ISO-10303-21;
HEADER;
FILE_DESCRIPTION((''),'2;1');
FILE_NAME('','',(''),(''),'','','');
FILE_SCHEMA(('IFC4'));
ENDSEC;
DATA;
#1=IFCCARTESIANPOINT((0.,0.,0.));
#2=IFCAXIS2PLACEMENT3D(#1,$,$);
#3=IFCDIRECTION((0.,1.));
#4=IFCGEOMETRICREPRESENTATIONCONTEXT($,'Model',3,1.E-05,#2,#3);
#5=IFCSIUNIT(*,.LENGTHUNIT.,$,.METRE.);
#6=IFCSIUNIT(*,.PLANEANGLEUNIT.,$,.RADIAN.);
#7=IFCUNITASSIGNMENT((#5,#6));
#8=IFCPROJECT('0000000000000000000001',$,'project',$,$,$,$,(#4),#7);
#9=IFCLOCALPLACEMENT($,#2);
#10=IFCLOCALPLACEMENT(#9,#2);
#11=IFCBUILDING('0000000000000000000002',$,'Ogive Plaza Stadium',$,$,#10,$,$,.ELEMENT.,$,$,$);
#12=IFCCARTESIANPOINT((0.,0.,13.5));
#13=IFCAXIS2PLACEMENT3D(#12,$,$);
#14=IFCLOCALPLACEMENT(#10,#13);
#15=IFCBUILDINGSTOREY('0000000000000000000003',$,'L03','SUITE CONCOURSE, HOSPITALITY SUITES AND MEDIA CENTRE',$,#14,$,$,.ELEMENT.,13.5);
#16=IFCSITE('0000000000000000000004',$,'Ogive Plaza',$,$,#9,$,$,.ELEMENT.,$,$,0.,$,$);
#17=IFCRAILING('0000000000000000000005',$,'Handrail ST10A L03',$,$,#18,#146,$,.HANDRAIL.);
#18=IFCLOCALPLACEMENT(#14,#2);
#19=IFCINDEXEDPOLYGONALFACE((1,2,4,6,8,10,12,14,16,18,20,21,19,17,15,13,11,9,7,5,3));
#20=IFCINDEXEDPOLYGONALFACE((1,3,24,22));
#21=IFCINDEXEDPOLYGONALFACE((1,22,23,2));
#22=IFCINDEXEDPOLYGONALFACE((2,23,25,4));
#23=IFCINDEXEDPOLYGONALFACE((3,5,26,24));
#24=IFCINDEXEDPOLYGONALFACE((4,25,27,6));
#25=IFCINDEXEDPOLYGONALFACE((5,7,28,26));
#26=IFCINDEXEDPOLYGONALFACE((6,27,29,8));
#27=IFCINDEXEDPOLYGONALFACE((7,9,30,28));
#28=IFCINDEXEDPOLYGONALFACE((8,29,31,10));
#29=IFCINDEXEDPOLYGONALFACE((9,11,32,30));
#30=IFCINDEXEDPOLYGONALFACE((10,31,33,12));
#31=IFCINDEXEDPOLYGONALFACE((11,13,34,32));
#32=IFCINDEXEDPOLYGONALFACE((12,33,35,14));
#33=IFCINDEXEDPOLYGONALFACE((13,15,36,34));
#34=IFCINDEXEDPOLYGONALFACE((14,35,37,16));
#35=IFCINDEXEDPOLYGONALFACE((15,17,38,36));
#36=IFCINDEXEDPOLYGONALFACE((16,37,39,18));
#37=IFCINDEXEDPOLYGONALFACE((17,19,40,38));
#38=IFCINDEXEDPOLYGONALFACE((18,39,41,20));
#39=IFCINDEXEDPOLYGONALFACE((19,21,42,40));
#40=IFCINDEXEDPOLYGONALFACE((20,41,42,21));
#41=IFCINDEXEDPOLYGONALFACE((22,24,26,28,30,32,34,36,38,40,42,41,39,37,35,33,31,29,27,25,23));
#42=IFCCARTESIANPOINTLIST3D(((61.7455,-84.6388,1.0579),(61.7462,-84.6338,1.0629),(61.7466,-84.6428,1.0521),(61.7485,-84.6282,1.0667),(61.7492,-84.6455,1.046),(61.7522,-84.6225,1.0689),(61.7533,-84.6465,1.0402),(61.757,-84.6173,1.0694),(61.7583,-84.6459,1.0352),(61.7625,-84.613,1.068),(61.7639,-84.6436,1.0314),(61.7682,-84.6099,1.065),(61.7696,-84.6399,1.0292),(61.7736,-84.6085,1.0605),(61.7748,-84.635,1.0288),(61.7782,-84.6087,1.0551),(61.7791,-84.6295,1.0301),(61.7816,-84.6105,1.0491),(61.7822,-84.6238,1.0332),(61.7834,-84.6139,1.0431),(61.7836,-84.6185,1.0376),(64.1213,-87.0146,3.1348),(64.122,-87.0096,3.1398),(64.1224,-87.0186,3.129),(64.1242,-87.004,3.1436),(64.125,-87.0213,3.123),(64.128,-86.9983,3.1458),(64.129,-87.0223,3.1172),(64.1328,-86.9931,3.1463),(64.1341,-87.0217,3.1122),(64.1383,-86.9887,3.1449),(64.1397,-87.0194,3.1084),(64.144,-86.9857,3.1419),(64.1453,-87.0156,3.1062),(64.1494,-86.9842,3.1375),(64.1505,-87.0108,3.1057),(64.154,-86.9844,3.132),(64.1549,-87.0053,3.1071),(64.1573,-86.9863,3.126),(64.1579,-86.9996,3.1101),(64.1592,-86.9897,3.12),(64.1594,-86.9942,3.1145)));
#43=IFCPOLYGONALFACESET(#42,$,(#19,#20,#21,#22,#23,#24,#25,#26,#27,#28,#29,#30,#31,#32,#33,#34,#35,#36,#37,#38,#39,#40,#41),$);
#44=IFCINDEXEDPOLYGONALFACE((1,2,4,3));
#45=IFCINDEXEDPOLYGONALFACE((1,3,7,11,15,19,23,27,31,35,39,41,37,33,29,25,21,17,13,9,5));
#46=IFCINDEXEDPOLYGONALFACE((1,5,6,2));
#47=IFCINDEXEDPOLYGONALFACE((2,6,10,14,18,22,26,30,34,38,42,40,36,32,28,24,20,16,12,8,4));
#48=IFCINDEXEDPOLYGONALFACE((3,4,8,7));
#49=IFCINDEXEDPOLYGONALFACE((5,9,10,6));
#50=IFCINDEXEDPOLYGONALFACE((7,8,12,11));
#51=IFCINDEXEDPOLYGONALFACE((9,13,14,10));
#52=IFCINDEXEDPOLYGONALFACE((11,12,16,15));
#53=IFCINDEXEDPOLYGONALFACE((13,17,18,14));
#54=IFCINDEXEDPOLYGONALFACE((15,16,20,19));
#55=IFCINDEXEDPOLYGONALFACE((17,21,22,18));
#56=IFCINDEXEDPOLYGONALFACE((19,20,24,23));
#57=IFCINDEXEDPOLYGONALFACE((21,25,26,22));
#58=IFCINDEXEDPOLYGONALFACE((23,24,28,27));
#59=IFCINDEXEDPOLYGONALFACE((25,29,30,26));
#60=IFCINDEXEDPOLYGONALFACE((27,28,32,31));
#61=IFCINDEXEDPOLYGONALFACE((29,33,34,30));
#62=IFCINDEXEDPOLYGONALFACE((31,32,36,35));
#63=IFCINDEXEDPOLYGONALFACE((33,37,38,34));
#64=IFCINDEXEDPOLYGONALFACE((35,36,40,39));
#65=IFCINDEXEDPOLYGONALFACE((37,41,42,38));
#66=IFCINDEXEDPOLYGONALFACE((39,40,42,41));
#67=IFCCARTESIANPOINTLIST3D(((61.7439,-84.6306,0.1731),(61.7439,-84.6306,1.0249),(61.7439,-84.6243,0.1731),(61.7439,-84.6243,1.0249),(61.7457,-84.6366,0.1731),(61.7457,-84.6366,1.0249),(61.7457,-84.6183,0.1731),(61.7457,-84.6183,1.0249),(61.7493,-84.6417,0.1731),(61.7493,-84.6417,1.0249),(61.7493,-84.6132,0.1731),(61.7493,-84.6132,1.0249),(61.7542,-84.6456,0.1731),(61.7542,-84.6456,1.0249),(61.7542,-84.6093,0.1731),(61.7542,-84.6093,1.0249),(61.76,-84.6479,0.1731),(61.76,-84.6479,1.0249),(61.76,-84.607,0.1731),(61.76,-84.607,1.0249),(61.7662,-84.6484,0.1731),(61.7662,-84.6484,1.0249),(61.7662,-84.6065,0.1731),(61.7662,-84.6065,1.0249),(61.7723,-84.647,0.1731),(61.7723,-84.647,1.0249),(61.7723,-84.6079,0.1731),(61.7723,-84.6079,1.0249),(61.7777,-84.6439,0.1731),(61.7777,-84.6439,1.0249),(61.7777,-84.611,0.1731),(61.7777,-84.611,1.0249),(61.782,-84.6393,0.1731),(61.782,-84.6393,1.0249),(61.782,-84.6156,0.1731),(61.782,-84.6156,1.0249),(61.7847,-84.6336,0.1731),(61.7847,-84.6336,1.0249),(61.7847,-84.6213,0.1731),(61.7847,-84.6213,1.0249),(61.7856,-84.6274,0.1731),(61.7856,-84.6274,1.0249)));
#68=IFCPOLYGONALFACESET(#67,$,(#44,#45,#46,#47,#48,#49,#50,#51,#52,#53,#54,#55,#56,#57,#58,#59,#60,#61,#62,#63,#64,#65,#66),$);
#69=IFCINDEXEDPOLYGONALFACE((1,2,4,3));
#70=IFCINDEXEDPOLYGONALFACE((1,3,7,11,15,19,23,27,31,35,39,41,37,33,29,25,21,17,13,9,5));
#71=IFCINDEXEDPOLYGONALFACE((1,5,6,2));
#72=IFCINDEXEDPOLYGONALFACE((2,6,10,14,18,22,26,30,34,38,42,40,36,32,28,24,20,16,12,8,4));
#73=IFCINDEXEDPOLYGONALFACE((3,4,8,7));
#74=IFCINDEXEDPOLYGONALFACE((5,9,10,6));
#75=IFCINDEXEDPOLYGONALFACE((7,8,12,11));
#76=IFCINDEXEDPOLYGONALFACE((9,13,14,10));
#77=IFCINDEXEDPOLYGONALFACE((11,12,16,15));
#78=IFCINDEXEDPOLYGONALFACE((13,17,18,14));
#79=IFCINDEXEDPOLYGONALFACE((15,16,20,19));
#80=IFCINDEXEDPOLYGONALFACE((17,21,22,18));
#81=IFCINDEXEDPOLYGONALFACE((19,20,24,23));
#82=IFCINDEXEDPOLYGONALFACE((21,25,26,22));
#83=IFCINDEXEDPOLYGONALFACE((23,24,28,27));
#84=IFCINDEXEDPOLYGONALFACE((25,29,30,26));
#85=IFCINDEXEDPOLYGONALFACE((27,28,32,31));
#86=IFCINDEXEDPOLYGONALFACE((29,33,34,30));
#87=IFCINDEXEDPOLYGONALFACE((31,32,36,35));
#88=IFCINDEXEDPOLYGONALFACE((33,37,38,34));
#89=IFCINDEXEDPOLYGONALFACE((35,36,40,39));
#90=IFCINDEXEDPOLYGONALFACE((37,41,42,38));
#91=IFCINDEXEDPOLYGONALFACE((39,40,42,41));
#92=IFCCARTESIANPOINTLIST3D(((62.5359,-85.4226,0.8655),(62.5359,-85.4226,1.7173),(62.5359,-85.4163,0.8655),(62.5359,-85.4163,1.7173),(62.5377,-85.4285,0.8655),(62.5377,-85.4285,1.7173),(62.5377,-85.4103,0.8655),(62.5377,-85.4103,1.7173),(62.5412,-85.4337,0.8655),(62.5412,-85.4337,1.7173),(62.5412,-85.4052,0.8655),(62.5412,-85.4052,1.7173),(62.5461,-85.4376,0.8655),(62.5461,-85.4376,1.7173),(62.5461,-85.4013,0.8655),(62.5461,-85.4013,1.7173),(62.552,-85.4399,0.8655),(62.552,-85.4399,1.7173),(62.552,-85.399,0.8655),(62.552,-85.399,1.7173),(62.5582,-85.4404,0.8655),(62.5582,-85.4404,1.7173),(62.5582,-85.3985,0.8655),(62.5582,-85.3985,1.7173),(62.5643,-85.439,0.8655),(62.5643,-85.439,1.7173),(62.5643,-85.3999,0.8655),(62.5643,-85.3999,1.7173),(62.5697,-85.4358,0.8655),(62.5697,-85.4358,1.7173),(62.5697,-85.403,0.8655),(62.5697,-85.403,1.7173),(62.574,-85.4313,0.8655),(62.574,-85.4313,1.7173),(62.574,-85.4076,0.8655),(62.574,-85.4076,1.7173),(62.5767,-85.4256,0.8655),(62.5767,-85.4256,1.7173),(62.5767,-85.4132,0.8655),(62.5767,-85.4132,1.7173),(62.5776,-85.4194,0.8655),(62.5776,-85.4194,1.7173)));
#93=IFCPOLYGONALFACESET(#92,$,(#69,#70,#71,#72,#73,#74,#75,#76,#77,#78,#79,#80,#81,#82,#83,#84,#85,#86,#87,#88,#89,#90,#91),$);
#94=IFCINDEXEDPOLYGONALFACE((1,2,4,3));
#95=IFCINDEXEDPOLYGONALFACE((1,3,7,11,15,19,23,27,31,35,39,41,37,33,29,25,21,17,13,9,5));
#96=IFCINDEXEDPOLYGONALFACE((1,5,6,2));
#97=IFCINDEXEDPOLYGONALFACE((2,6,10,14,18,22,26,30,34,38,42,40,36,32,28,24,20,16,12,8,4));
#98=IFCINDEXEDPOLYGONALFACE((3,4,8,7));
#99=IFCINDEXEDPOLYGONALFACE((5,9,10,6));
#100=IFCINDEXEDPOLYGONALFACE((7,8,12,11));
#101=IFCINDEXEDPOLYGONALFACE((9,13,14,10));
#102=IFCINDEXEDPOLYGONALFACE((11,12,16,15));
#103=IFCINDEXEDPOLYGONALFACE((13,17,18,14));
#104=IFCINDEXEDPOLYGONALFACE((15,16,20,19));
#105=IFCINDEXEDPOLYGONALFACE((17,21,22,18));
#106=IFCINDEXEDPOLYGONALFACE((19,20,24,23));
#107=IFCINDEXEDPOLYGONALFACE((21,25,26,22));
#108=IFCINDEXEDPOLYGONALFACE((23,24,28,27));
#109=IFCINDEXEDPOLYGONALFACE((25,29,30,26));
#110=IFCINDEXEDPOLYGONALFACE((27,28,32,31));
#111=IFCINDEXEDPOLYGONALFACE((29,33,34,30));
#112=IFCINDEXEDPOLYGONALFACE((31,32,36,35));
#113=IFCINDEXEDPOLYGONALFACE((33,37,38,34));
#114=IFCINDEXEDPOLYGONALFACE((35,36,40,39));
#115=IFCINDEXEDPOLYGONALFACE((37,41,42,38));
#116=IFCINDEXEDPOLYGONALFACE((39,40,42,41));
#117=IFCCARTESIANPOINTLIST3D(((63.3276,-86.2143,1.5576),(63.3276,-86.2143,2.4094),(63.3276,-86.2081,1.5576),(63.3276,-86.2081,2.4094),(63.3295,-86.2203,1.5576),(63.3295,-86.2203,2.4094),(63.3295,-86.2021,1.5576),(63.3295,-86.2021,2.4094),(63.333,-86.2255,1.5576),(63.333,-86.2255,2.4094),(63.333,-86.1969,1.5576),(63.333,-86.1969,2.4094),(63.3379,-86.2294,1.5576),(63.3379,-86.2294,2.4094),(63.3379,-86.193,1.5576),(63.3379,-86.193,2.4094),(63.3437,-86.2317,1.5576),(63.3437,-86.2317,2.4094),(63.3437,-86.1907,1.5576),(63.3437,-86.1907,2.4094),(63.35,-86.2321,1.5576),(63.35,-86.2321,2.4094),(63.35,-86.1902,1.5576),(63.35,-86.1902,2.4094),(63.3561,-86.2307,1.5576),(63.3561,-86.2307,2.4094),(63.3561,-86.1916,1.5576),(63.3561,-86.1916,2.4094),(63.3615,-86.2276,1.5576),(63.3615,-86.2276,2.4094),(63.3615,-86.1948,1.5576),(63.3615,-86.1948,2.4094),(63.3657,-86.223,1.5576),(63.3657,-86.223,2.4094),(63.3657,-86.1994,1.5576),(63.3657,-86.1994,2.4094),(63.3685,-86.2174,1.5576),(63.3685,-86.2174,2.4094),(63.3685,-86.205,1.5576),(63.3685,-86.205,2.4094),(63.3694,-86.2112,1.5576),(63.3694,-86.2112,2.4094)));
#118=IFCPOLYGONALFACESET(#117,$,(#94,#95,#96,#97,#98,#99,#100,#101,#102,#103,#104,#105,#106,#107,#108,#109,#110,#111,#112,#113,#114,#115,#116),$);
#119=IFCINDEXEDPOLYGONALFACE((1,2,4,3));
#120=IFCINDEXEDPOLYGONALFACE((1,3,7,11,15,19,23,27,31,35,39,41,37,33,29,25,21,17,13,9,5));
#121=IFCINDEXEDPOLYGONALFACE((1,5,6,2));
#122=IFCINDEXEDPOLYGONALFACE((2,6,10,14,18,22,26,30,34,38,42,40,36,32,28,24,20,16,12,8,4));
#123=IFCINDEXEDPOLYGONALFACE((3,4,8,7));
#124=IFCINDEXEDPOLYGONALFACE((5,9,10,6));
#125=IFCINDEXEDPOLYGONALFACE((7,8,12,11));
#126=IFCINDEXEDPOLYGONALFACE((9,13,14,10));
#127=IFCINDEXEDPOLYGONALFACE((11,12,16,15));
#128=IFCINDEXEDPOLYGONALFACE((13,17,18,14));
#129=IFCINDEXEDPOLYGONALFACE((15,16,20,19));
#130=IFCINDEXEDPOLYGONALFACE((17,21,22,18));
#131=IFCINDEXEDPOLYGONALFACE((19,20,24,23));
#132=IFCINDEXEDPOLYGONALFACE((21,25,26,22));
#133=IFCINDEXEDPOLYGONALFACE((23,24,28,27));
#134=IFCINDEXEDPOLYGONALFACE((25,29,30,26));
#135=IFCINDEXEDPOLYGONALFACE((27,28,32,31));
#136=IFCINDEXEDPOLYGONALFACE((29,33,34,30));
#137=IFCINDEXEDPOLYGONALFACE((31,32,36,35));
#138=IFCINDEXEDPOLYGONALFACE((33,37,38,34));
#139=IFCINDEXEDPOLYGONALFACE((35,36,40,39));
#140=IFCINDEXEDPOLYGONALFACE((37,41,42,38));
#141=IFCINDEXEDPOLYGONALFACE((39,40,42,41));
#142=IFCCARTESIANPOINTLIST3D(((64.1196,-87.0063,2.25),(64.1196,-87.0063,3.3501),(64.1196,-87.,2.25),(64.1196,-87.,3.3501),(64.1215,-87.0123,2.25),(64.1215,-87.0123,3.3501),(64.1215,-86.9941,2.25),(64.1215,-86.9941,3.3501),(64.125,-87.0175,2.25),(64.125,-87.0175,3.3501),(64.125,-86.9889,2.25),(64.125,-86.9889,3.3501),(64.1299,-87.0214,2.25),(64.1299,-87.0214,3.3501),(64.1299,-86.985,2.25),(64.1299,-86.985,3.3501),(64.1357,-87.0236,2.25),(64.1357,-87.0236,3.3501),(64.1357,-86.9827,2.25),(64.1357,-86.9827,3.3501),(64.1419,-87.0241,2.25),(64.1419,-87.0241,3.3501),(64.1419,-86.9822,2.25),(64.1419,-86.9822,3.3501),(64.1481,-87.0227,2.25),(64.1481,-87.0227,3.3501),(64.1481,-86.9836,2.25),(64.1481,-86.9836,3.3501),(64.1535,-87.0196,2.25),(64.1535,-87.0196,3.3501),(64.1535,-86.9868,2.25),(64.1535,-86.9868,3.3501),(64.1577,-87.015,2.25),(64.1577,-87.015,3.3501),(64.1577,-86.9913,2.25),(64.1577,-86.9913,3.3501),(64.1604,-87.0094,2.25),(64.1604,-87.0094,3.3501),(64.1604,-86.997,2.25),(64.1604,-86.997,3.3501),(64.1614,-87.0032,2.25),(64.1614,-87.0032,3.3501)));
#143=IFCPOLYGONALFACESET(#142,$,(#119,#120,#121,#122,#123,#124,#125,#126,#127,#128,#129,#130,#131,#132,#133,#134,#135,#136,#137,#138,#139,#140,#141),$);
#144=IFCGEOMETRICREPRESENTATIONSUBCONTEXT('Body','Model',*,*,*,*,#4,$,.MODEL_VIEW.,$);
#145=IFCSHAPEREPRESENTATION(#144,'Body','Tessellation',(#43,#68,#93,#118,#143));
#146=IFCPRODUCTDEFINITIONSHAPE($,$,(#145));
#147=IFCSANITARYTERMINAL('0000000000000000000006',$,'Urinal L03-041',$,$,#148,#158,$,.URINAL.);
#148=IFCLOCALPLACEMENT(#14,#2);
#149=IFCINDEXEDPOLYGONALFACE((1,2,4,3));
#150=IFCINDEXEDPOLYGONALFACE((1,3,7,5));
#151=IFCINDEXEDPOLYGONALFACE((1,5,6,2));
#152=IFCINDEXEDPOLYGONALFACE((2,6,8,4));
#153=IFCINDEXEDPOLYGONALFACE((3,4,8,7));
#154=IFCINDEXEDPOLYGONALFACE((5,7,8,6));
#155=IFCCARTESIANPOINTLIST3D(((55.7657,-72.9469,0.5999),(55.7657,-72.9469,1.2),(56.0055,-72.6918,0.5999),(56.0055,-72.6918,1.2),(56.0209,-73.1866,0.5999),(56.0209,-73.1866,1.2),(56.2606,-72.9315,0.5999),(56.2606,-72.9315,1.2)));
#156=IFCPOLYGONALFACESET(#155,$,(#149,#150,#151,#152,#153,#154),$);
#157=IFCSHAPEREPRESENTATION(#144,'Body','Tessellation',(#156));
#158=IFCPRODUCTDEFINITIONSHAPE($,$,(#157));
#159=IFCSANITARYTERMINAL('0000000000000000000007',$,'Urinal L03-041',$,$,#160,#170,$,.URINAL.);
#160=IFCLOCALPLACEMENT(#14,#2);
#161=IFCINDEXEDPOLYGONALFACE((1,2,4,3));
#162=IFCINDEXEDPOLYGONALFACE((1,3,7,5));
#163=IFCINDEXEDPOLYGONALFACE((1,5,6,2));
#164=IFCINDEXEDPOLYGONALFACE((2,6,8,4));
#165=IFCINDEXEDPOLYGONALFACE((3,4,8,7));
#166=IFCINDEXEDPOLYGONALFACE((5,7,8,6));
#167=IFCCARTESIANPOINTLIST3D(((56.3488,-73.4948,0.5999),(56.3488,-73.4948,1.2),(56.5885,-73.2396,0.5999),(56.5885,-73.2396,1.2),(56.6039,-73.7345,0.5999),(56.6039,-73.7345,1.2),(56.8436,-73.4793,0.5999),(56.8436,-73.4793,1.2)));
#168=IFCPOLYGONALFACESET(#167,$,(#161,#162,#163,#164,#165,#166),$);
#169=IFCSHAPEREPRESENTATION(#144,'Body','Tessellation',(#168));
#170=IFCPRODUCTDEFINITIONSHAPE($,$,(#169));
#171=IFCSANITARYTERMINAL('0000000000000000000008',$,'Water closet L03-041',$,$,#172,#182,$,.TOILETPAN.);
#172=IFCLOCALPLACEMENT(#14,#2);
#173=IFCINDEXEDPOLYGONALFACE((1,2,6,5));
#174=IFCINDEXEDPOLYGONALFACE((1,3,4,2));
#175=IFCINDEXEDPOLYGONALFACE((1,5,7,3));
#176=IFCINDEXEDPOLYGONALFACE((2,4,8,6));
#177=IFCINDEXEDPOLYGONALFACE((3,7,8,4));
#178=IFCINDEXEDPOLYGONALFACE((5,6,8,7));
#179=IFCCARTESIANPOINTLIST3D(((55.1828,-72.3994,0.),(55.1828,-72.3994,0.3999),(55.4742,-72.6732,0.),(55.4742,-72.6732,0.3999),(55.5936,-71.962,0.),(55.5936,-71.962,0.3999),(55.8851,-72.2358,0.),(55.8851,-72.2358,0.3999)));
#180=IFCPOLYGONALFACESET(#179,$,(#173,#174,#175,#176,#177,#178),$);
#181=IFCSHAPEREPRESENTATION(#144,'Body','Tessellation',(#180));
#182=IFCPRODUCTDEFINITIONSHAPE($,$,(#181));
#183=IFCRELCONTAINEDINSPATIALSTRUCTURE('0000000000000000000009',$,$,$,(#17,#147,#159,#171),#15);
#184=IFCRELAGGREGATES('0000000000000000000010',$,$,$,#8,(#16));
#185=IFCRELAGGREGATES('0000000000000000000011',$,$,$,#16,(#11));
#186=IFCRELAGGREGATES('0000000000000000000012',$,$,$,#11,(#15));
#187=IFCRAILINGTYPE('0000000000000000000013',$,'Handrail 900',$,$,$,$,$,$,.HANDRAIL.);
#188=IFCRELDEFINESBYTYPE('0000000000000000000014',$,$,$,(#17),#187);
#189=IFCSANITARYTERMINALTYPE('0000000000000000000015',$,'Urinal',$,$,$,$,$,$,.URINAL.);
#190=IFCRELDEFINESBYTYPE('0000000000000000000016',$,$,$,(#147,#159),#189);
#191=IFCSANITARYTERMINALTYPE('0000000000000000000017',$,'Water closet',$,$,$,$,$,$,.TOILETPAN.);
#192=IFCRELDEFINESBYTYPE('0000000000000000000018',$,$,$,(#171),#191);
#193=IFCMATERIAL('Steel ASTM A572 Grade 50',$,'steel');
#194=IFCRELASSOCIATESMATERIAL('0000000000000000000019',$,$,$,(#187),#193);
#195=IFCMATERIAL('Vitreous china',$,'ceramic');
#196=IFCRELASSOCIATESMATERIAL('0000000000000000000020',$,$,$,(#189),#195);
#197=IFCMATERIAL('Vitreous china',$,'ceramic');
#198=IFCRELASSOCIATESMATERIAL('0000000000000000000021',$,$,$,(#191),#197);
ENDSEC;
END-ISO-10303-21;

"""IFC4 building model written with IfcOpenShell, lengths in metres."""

from ifc_helpers import new_model, si_unit, direction, frame, origin, origin_2d, place, context, subcontext, project, spatial, rectangle, circle, extrude, material, type_object, element, save


model = new_model("IFC4")

# Units and contexts
model_context = context("Model", 3, precision=1e-05, world=origin(), true_north=direction((0.0, 1.0)))
body_context = subcontext(model_context, "Body", "Model", "MODEL_VIEW")
ifc_project = project(units=[si_unit("LENGTHUNIT", "METRE"), si_unit("PLANEANGLEUNIT", "RADIAN")], contexts=[model_context])

# Site, building, storey
site_placement = place(None, origin())
site = spatial("IfcSite", under=ifc_project, at=site_placement, Name="Ogive Plaza", CompositionType="ELEMENT", RefElevation=0.0)
building_placement = place(site_placement, origin())
building = spatial("IfcBuilding", under=site, at=building_placement, Name="Ogive Plaza Stadium", CompositionType="ELEMENT")
storey_placement = place(building_placement, frame((0.0, 0.0, 13.5)))
storey = spatial("IfcBuildingStorey", under=building, at=storey_placement, Name="L03", Description="SUITE CONCOURSE, HOSPITALITY SUITES AND MEDIA CENTRE", CompositionType="ELEMENT", Elevation=13.5)

# Railing
ifc_material_1 = material(Name="Steel ASTM A572 Grade 50", Category="steel")
railing_type_1 = type_object("IfcRailingType", Name="Handrail 900", PredefinedType="HANDRAIL", material=ifc_material_1)
railing_1_placement = place(storey_placement, frame((61.7646, -84.6274, 0.1731)))
element("IfcRailing", 1, at=railing_1_placement, inside=storey, type_object=railing_type_1, Name="Handrail ST10A L03", PredefinedType="HANDRAIL", context=body_context, shape_type="SweptSolid", body=[
    extrude(circle(Radius=0.0239, at=origin_2d()), frame((0.0, 0.0, 0.876), z_axis=(0.601466, -0.601466, 0.525811), x_axis=(0.707107, 0.707107, 0.0)), (0.0, 0.0, 1.0), 3.95),
    extrude(circle(Radius=0.021, at=origin_2d()), origin(), (0.0, 0.0, 1.0), 0.8518),
    extrude(circle(Radius=0.021, at=origin_2d()), frame((0.792, -0.792, 0.6924)), (0.0, 0.0, 1.0), 0.8518),
    extrude(circle(Radius=0.021, at=origin_2d()), frame((1.5837, -1.5837, 1.3845)), (0.0, 0.0, 1.0), 0.8518),
    extrude(circle(Radius=0.021, at=origin_2d()), frame((2.3757, -2.3757, 2.0769)), (0.0, 0.0, 1.0), 1.1001),
])

# Sanitary terminals
ifc_material_2 = material(Name="Vitreous china", Category="ceramic")
sanitary_terminal_type_1 = type_object("IfcSanitaryTerminalType", Name="Urinal", PredefinedType="URINAL", material=ifc_material_2)
for number, where, z_axis, x_axis, name in (
    (2, (56.0132, -72.9392, 0.5999), (0.0, 0.0, 1.0), (0.728842, -0.684682, 0.0), "Urinal L03-041"),
    (3, (56.5962, -73.4871, 0.5999), (0.0, 0.0, 1.0), (0.728842, -0.684682, 0.0), "Urinal L03-041"),
):
    element("IfcSanitaryTerminal", number, at=place(storey_placement, frame(where, z_axis=z_axis, x_axis=x_axis)), inside=storey, type_object=sanitary_terminal_type_1, Name=name, PredefinedType="URINAL", context=body_context, shape_type="SweptSolid", body=[
        extrude(rectangle(XDim=0.3501, YDim=0.3501, at=origin_2d()), origin(), (0.0, 0.0, 1.0), 0.6001),
    ])
ifc_material_3 = material(Name="Vitreous china", Category="ceramic")
sanitary_terminal_type_2 = type_object("IfcSanitaryTerminalType", Name="Water closet", PredefinedType="TOILETPAN", material=ifc_material_3)
sanitary_terminal_placement = place(storey_placement, frame((55.5339, -72.3176, 0.0), z_axis=(0.0, 0.0, 1.0), x_axis=(0.728842, -0.684682, 0.0)))
element("IfcSanitaryTerminal", 4, at=sanitary_terminal_placement, inside=storey, type_object=sanitary_terminal_type_2, Name="Water closet L03-041", PredefinedType="TOILETPAN", context=body_context, shape_type="SweptSolid", body=[
    extrude(rectangle(XDim=0.3999, YDim=0.6001, at=origin_2d()), origin(), (0.0, 0.0, 1.0), 0.3999),
])

save(model, "model.ifc")
